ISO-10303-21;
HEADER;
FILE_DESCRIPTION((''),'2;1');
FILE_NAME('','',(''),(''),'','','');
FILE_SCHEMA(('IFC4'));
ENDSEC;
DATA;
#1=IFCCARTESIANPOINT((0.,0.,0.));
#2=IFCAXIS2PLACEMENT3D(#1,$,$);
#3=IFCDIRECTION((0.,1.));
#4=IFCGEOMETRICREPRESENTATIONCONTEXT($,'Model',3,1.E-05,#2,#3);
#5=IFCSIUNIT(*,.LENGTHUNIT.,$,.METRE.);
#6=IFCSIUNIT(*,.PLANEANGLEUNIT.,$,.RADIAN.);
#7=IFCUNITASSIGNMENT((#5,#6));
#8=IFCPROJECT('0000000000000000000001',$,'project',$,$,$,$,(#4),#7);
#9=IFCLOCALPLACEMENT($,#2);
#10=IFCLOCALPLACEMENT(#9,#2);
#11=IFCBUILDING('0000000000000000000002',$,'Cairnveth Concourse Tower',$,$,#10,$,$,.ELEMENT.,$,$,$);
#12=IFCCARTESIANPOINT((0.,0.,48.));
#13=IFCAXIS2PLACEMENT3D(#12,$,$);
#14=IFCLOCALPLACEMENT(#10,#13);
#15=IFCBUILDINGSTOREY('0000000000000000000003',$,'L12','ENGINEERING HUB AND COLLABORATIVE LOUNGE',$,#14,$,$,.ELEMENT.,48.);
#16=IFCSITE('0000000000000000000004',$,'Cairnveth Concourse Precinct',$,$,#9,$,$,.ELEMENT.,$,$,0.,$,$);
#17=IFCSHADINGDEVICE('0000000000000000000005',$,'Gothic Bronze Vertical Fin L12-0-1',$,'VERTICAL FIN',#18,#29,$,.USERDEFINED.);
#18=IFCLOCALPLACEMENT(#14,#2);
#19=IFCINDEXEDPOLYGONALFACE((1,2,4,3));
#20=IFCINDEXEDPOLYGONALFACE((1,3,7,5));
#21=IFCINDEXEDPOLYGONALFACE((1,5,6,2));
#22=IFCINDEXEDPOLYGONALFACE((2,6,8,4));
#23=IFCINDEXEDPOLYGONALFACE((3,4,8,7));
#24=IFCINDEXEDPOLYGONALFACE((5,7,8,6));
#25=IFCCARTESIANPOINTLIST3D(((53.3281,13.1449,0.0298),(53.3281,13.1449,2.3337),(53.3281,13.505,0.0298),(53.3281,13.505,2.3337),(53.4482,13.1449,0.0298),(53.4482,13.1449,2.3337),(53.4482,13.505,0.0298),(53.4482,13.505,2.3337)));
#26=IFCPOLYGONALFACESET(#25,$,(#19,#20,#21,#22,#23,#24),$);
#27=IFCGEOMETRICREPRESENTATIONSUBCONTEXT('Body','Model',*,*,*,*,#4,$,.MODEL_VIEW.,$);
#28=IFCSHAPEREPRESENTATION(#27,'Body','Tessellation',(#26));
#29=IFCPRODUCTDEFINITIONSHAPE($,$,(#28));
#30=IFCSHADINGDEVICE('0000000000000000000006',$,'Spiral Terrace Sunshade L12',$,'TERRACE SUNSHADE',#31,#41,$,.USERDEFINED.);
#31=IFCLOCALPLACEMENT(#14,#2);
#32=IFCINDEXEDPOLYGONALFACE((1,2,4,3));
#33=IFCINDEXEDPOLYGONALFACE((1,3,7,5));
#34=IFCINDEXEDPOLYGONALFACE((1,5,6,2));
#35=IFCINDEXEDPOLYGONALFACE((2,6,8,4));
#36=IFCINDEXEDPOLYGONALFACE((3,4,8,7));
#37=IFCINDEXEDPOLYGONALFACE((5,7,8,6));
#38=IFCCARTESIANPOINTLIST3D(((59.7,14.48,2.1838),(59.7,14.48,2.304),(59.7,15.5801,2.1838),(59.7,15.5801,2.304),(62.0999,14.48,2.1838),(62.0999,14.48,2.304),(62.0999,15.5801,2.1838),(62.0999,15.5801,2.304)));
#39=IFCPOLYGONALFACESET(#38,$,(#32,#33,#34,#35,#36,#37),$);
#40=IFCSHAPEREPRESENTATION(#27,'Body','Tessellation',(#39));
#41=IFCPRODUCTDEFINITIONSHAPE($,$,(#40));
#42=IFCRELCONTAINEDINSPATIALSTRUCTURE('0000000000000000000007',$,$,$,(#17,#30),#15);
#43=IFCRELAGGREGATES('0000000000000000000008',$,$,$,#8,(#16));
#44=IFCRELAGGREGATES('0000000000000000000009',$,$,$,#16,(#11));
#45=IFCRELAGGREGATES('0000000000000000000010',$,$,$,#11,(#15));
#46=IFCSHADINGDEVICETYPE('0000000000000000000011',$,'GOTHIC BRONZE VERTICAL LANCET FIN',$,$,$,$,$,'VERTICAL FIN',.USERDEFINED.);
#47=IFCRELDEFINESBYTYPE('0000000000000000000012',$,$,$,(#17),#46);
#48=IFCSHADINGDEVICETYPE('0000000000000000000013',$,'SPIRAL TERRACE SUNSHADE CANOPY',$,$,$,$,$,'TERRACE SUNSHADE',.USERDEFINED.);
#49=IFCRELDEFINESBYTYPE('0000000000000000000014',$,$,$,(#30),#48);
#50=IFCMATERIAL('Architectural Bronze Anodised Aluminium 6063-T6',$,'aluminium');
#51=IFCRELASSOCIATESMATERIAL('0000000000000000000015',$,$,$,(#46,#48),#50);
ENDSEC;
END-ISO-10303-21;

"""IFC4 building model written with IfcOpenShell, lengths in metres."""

from ifc_helpers import new_model, si_unit, direction, frame, origin, origin_2d, place, context, subcontext, project, spatial, rectangle, extrude, material, type_object, element, save


model = new_model("IFC4")

# Units and contexts
model_context = context("Model", 3, precision=1e-05, world=origin(), true_north=direction((0.0, 1.0)))
body_context = subcontext(model_context, "Body", "Model", "MODEL_VIEW")
ifc_project = project(units=[si_unit("LENGTHUNIT", "METRE"), si_unit("PLANEANGLEUNIT", "RADIAN")], contexts=[model_context])

# Site, building, storey
site_placement = place(None, origin())
site = spatial("IfcSite", under=ifc_project, at=site_placement, Name="Cairnveth Concourse Precinct", CompositionType="ELEMENT", RefElevation=0.0)
building_placement = place(site_placement, origin())
building = spatial("IfcBuilding", under=site, at=building_placement, Name="Cairnveth Concourse Tower", CompositionType="ELEMENT")
storey_placement = place(building_placement, frame((0.0, 0.0, 48.0)))
storey = spatial("IfcBuildingStorey", under=building, at=storey_placement, Name="L12", Description="ENGINEERING HUB AND COLLABORATIVE LOUNGE", CompositionType="ELEMENT", Elevation=48.0)

# Shading devices
ifc_material_1 = material(Name="Architectural Bronze Anodised Aluminium 6063-T6", Category="aluminium")
shading_device_type_1 = type_object("IfcShadingDeviceType", Name="GOTHIC BRONZE VERTICAL LANCET FIN", ElementType="VERTICAL FIN", PredefinedType="USERDEFINED", material=ifc_material_1)
shading_device_1_placement = place(storey_placement, frame((53.3882, 13.325, 0.0298), z_axis=(0.0, 0.0, 1.0), x_axis=(1.0, 0.0, 0.0)))
element("IfcShadingDevice", 1, at=shading_device_1_placement, inside=storey, type_object=shading_device_type_1, Name="Gothic Bronze Vertical Fin L12-0-1", ObjectType="VERTICAL FIN", PredefinedType="USERDEFINED", context=body_context, shape_type="SweptSolid", body=[
    extrude(rectangle(XDim=0.1201, YDim=0.3601, at=origin_2d()), origin(), (0.0, 0.0, 1.0), 2.304),
])
shading_device_type_2 = type_object("IfcShadingDeviceType", Name="SPIRAL TERRACE SUNSHADE CANOPY", ElementType="TERRACE SUNSHADE", PredefinedType="USERDEFINED", material=ifc_material_1)
shading_device_2_placement = place(storey_placement, frame((60.8999, 15.03, 2.1838), z_axis=(0.0, 0.0, 1.0), x_axis=(1.0, 0.0, 0.0)))
element("IfcShadingDevice", 2, at=shading_device_2_placement, inside=storey, type_object=shading_device_type_2, Name="Spiral Terrace Sunshade L12", ObjectType="TERRACE SUNSHADE", PredefinedType="USERDEFINED", context=body_context, shape_type="SweptSolid", body=[
    extrude(rectangle(XDim=2.3999, YDim=1.1001, at=origin_2d()), origin(), (0.0, 0.0, 1.0), 0.1201),
])

save(model, "model.ifc")
